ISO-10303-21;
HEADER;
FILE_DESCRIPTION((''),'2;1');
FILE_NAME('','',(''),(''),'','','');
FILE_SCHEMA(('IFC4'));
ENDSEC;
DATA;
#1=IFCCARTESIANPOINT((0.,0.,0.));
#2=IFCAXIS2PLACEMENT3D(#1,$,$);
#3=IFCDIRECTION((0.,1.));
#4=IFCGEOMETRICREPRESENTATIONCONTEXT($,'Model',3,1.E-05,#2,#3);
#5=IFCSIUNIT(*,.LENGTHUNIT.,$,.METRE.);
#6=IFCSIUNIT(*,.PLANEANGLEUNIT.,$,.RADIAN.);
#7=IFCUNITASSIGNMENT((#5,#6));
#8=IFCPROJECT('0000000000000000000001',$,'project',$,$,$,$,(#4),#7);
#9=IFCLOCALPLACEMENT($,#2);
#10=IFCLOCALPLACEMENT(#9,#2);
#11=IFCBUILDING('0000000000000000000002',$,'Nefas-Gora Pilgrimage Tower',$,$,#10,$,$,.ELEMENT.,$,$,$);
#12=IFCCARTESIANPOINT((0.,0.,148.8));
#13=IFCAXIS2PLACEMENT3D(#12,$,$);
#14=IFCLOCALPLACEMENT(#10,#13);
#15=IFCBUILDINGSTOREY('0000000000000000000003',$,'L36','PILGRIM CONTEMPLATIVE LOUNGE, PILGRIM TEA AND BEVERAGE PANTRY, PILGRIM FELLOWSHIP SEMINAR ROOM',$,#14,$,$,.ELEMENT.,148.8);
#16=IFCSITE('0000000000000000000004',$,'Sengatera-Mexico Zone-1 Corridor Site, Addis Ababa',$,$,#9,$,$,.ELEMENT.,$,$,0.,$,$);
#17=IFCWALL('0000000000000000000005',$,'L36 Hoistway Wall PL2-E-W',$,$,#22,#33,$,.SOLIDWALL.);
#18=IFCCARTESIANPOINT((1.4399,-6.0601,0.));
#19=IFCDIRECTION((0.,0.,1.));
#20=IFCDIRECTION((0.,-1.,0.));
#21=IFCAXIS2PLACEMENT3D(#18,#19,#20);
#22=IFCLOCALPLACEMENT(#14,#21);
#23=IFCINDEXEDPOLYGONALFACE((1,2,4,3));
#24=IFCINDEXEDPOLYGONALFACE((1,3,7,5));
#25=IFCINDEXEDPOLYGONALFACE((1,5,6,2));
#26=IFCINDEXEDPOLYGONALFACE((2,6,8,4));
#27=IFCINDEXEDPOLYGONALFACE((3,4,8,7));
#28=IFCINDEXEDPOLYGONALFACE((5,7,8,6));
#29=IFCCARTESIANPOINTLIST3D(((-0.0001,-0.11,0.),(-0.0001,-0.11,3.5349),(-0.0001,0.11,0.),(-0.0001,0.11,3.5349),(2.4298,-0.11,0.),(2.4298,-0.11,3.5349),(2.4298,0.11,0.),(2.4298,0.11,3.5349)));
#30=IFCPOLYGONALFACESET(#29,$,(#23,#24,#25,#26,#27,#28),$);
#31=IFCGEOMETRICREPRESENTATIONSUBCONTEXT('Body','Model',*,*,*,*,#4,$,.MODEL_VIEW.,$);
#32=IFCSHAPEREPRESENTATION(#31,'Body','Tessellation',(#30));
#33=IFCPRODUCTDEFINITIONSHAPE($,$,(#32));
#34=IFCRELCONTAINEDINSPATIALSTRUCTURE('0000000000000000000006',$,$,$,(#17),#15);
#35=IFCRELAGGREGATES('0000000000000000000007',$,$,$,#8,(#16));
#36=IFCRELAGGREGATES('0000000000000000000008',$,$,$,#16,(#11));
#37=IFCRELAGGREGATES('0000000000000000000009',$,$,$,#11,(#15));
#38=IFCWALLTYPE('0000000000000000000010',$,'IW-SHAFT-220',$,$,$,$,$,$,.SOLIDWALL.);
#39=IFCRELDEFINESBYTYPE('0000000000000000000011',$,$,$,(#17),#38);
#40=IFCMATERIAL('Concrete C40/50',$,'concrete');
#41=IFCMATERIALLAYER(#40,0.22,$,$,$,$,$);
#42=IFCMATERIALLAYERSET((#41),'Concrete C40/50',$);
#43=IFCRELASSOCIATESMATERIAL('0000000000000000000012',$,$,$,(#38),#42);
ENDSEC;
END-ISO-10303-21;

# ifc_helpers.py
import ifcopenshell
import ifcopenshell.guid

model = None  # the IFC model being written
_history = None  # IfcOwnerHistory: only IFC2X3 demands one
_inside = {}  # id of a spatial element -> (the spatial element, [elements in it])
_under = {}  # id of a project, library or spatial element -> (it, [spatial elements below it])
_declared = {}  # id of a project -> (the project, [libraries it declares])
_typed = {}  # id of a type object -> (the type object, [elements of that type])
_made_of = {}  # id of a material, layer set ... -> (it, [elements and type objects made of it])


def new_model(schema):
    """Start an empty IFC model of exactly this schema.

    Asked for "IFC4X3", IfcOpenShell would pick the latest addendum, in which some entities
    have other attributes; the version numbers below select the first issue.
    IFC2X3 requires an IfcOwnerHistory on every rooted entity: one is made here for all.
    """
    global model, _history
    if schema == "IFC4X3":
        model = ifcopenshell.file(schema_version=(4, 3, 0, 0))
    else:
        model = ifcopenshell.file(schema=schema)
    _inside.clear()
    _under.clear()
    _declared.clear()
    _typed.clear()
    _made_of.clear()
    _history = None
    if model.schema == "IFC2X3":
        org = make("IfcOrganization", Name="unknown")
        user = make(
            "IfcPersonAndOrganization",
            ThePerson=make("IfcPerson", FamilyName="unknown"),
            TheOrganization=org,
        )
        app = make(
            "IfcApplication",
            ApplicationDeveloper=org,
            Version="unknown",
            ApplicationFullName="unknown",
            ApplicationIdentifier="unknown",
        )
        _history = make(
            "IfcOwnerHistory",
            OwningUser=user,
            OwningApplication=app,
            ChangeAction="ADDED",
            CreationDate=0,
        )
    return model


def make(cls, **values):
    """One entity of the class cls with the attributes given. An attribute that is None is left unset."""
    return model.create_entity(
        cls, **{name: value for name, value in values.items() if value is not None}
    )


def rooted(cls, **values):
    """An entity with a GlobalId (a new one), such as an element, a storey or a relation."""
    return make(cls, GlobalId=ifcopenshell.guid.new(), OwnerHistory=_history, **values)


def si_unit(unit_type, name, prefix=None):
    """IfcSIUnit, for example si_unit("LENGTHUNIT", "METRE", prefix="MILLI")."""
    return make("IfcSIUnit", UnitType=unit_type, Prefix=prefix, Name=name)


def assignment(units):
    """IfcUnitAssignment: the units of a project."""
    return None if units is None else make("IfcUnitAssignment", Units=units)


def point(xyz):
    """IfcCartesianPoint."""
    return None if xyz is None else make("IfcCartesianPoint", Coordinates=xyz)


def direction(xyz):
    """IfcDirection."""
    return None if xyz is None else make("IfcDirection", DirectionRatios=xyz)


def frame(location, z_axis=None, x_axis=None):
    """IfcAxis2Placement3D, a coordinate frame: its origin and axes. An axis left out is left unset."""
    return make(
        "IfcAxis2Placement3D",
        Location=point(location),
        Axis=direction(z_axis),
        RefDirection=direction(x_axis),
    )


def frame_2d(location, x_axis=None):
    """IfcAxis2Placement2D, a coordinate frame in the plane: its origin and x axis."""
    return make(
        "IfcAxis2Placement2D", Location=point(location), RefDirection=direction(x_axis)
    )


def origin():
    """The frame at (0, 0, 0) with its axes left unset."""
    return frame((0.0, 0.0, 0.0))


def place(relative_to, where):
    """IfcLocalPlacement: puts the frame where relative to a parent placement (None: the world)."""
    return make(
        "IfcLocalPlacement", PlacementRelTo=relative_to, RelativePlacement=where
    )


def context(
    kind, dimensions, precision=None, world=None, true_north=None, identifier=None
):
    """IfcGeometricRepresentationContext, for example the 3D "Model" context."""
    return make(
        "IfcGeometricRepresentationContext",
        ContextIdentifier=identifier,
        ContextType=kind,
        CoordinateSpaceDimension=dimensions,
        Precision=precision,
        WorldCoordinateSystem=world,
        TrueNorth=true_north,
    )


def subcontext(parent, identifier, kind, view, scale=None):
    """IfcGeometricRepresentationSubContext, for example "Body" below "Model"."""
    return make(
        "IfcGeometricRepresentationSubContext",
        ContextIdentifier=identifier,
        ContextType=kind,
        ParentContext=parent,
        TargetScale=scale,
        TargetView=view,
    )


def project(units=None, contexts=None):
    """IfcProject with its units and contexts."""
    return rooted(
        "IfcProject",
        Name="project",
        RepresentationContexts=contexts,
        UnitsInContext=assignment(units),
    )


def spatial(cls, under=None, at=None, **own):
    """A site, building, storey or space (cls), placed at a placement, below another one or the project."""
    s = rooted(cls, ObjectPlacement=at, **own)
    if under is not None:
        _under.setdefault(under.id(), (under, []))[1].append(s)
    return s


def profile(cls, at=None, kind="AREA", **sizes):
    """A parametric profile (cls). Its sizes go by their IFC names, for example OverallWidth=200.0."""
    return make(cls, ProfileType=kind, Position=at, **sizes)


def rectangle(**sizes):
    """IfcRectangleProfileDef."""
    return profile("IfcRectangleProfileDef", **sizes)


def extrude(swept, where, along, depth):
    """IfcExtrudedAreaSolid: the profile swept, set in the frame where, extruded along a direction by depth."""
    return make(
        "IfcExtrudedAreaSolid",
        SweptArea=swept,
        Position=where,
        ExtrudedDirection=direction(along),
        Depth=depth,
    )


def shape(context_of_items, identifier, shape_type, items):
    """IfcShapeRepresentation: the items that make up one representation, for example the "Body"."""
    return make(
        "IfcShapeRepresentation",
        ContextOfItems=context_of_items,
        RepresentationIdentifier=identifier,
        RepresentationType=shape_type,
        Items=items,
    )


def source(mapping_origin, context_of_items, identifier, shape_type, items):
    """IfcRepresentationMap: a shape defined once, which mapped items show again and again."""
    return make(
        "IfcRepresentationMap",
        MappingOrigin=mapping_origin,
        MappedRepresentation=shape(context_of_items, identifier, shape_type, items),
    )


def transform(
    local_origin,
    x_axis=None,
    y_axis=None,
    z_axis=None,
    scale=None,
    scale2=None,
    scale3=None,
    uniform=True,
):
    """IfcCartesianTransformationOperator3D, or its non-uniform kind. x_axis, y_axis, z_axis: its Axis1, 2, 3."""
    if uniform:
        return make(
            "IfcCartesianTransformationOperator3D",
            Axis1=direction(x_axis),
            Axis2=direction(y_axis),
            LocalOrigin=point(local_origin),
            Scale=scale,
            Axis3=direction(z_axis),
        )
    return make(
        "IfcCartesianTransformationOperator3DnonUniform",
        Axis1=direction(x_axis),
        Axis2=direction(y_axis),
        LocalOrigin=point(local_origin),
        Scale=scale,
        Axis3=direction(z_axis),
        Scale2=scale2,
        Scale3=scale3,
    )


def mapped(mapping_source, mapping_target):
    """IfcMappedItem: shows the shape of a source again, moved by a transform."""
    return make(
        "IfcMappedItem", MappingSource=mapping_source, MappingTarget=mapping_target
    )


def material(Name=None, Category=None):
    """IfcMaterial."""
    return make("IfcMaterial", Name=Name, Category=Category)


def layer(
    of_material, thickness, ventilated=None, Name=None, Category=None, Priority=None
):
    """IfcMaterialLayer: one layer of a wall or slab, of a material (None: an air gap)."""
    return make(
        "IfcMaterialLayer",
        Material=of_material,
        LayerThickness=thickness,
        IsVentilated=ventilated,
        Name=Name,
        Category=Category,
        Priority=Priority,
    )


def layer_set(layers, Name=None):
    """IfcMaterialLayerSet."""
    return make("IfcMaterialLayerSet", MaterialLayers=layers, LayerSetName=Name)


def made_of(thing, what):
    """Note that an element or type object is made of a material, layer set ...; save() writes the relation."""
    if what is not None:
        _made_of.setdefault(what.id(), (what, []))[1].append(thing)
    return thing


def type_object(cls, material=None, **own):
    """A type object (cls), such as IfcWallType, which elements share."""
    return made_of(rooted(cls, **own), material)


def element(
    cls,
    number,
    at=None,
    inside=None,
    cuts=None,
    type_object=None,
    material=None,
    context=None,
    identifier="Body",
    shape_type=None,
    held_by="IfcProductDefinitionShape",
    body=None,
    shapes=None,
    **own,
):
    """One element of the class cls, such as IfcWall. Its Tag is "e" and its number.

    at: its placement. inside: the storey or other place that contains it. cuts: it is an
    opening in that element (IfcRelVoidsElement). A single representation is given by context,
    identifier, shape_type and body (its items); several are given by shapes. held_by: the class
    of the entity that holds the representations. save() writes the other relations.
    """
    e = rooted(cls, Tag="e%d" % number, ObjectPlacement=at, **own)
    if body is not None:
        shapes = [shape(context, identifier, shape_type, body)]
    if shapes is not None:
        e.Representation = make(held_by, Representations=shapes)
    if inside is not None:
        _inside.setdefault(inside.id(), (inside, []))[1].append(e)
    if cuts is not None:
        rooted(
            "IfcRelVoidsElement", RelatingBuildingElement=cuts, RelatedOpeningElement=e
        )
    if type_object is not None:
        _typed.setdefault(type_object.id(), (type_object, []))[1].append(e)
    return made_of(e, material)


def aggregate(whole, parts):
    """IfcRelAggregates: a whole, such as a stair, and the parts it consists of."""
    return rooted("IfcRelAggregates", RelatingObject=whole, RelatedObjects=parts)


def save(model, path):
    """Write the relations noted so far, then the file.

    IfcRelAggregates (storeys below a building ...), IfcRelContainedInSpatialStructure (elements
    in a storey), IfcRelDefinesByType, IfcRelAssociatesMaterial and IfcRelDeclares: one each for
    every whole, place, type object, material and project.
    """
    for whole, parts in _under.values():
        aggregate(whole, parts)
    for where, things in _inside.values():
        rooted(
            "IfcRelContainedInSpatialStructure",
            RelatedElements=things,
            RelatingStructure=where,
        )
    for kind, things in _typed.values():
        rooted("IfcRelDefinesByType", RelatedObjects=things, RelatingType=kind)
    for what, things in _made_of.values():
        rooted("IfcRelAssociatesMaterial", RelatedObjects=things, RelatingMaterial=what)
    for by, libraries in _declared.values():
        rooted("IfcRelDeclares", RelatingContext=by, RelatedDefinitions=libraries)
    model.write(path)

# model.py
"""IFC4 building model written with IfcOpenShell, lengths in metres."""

from ifc_helpers import new_model, si_unit, direction, frame, frame_2d, origin, place, context, subcontext, project, spatial, rectangle, extrude, source, transform, mapped, material, layer, layer_set, type_object, element, save


model = new_model("IFC4")

# Units and contexts
model_context = context("Model", 3, precision=1e-05, world=origin(), true_north=direction((0.0, 1.0)))
body_context = subcontext(model_context, "Body", "Model", "MODEL_VIEW")
ifc_project = project(units=[si_unit("LENGTHUNIT", "METRE"), si_unit("PLANEANGLEUNIT", "RADIAN")], contexts=[model_context])

# Site, building, storey
site_placement = place(None, origin())
site = spatial("IfcSite", under=ifc_project, at=site_placement, Name="Sengatera-Mexico Zone-1 Corridor Site, Addis Ababa", CompositionType="ELEMENT", RefElevation=0.0)
building_placement = place(site_placement, origin())
building = spatial("IfcBuilding", under=site, at=building_placement, Name="Nefas-Gora Pilgrimage Tower", CompositionType="ELEMENT")
storey_placement = place(building_placement, frame((0.0, 0.0, 148.8)))
storey = spatial("IfcBuildingStorey", under=building, at=storey_placement, Name="L36", Description="PILGRIM CONTEMPLATIVE LOUNGE, PILGRIM TEA AND BEVERAGE PANTRY, PILGRIM FELLOWSHIP SEMINAR ROOM", CompositionType="ELEMENT", Elevation=148.8)

# Shared definitions
ifc_material_1 = material(Name="Concrete C40/50", Category="concrete")

# Shared definitions
ifc_layer_1 = layer(ifc_material_1, 0.22)
ifc_layer_set_1 = layer_set([ifc_layer_1], Name="Concrete C40/50")
wall_type_1 = type_object("IfcWallType", Name="IW-SHAFT-220", PredefinedType="SOLIDWALL", material=ifc_layer_set_1)

# Wall
shared_shape_1 = source(origin(), body_context, "Body", "SweptSolid", [
    extrude(rectangle(XDim=2.4299, YDim=0.22, at=frame_2d((1.2148, 0.0))), origin(), (0.0, 0.0, 1.0), 3.5349),
])
for number, where, z_axis, x_axis, name in (
    (1, (1.4399, -6.0601, 0.0), (0.0, 0.0, 1.0), (0.0, -1.0, 0.0), "L36 Hoistway Wall PL2-E-W"),
):
    element("IfcWall", number, at=place(storey_placement, frame(where, z_axis=z_axis, x_axis=x_axis)), inside=storey, type_object=wall_type_1, Name=name, PredefinedType="SOLIDWALL", context=body_context, shape_type="MappedRepresentation", body=[
        mapped(shared_shape_1, transform((0.0, 0.0, 0.0), x_axis=(1.0, 0.0, 0.0), y_axis=(0.0, 1.0, 0.0), z_axis=(0.0, 0.0, 1.0), scale=1.0)),
    ])

save(model, "model.ifc")
